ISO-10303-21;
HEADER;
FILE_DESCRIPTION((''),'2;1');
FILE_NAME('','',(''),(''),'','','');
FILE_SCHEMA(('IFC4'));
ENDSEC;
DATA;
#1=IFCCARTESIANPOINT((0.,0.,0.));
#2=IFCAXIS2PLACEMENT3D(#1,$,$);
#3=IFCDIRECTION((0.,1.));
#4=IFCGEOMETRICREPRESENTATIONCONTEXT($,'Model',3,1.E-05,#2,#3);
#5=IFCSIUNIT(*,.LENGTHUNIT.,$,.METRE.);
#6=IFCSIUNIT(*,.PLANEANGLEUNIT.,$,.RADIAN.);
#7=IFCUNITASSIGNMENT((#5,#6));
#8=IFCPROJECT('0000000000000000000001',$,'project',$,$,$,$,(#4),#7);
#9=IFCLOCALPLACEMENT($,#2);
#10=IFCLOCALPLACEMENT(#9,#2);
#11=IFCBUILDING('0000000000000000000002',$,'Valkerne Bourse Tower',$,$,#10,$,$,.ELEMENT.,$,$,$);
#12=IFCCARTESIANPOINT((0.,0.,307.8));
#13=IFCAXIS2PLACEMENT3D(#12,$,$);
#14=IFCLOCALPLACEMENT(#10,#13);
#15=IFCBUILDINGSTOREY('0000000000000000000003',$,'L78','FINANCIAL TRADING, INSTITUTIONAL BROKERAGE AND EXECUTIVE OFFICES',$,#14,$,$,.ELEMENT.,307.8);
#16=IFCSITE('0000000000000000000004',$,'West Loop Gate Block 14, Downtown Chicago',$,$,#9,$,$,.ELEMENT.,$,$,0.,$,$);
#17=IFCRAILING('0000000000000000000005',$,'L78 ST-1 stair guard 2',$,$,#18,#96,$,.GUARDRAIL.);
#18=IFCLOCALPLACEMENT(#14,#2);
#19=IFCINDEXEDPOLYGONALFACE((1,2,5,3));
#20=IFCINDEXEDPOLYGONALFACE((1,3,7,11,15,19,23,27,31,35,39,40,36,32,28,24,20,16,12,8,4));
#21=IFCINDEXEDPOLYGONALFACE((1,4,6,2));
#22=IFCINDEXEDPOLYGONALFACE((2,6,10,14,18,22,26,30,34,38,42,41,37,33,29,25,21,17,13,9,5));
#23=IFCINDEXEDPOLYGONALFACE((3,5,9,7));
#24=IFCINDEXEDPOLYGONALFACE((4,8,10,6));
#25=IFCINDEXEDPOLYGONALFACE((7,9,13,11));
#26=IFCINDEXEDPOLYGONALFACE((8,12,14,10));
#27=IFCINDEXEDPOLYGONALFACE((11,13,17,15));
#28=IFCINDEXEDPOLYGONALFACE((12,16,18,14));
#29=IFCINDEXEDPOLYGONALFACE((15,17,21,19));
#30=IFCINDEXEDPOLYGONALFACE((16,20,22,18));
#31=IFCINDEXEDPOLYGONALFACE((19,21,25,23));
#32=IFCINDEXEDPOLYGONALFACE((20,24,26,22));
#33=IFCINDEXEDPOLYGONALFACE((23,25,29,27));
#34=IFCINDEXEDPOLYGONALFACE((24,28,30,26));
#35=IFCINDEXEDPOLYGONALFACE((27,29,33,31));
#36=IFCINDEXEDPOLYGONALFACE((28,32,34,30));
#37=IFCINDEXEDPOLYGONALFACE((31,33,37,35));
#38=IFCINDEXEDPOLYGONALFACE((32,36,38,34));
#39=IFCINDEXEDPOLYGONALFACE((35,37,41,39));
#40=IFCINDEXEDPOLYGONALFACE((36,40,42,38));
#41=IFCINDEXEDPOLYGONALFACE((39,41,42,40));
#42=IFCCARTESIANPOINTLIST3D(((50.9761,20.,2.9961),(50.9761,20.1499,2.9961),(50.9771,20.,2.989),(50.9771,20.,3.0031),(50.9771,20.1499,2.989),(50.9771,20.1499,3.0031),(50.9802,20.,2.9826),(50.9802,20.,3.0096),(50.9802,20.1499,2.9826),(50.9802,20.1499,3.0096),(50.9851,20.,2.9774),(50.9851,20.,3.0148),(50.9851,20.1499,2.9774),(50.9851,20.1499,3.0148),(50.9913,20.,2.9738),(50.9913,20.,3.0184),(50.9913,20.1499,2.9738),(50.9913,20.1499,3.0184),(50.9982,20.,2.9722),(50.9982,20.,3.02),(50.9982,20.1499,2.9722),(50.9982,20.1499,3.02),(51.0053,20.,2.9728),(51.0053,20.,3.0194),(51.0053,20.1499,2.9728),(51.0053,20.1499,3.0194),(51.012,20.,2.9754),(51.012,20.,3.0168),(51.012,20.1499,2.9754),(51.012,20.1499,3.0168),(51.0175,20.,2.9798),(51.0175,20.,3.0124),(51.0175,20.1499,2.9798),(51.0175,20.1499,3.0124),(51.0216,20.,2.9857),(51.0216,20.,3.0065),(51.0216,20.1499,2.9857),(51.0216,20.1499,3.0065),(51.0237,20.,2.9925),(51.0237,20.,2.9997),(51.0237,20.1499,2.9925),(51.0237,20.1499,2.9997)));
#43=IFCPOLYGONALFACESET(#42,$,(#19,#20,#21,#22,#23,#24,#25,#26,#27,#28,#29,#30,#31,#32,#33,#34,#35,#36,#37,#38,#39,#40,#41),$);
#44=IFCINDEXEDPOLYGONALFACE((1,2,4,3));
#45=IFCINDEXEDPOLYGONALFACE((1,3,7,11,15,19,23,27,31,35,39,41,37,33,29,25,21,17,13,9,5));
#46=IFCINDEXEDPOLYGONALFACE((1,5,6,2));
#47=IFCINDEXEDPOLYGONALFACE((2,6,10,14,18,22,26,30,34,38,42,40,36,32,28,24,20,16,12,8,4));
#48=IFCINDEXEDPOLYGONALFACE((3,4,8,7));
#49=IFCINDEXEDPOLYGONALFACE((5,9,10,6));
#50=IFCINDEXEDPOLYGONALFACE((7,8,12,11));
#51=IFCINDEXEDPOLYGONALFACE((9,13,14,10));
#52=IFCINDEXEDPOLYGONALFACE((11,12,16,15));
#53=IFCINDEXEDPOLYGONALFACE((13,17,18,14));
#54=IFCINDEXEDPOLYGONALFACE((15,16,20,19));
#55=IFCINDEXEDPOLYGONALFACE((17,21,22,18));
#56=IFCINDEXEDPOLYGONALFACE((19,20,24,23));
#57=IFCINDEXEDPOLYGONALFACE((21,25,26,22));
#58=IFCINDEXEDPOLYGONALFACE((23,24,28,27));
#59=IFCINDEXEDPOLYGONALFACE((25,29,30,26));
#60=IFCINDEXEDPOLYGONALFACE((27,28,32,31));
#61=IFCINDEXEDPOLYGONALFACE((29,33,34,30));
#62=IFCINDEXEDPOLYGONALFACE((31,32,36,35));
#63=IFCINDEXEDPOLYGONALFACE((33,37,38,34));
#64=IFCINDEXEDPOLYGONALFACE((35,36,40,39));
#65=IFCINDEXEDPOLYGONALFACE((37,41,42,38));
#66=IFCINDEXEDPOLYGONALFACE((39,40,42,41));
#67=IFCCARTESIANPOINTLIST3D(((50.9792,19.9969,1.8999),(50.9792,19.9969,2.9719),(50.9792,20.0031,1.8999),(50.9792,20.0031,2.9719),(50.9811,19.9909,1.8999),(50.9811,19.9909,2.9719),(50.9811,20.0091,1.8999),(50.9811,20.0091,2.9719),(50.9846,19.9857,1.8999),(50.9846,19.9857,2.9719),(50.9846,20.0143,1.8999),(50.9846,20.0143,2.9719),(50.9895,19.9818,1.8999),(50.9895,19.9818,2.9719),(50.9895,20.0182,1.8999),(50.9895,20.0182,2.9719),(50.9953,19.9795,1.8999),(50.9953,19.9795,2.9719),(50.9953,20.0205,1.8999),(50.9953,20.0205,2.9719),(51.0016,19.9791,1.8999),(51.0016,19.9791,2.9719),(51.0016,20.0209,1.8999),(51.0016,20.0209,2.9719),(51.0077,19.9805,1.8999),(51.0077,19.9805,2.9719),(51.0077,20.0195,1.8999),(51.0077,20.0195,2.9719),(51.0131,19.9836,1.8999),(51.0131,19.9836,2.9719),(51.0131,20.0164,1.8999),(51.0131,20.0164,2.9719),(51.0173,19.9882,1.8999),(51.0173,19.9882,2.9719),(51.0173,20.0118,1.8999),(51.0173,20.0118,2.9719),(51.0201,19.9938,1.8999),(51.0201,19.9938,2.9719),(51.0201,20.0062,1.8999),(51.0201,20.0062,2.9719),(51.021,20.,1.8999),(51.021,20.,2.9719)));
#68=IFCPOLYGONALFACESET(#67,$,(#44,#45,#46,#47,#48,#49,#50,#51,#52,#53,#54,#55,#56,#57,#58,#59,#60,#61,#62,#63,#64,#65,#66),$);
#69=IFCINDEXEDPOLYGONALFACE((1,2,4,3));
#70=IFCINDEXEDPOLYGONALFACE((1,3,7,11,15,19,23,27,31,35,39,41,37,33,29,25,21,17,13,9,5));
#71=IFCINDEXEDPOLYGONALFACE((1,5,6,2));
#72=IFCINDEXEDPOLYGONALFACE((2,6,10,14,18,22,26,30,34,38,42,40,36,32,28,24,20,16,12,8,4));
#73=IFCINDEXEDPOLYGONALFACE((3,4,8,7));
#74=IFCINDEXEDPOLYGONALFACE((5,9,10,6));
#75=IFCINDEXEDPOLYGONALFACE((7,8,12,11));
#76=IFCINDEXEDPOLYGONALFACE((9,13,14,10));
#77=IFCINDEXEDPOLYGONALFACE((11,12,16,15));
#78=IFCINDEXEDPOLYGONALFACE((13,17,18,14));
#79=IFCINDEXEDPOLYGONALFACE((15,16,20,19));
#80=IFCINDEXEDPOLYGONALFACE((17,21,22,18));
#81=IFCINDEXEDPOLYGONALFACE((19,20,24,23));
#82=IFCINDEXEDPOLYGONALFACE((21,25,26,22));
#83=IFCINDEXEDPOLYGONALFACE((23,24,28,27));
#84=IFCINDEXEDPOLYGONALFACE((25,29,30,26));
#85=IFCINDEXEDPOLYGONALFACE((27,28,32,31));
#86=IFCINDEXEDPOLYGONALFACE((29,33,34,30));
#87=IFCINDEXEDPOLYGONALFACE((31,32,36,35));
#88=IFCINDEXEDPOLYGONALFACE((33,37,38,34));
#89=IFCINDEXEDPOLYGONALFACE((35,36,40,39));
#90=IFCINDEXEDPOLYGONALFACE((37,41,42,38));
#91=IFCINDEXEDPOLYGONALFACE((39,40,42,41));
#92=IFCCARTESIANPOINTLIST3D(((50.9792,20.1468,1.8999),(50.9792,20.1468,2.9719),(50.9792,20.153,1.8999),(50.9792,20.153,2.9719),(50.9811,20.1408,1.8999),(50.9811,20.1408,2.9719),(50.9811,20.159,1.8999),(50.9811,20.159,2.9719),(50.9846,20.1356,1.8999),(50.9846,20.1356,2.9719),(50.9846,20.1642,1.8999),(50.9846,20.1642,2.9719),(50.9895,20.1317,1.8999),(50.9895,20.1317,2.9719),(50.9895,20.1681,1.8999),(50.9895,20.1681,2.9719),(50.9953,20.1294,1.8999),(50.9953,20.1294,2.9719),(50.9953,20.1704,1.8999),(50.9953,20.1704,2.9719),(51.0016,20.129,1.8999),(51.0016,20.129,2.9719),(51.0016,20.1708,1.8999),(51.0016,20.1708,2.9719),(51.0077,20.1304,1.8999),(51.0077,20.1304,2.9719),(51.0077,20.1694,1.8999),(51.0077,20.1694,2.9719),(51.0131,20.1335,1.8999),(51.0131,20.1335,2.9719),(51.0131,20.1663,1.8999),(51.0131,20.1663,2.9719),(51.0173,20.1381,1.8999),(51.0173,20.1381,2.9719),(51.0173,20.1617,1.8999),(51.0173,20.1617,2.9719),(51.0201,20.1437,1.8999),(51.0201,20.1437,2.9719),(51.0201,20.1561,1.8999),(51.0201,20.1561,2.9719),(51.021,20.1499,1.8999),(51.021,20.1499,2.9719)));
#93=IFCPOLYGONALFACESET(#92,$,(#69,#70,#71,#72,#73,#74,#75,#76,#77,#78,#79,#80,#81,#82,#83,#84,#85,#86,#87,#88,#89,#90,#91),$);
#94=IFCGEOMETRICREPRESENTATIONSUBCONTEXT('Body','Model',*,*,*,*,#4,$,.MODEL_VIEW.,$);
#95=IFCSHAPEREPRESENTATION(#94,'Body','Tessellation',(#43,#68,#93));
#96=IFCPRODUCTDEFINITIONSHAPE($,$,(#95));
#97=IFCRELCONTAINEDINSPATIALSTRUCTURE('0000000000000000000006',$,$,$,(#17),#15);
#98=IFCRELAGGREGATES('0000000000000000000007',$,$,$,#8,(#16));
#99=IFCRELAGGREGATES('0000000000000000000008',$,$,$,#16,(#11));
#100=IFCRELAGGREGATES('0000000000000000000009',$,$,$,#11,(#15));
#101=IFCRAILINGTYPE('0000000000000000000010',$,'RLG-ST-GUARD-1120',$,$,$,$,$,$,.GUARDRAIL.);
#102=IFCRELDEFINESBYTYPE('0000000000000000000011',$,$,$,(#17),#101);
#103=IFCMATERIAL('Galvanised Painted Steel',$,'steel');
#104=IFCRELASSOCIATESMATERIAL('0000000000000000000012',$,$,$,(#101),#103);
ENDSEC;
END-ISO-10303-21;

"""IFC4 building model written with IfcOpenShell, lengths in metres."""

from ifc_helpers import new_model, si_unit, direction, frame, origin, origin_2d, place, context, subcontext, project, spatial, circle, extrude, material, type_object, element, save


model = new_model("IFC4")

# Units and contexts
model_context = context("Model", 3, precision=1e-05, world=origin(), true_north=direction((0.0, 1.0)))
body_context = subcontext(model_context, "Body", "Model", "MODEL_VIEW")
ifc_project = project(units=[si_unit("LENGTHUNIT", "METRE"), si_unit("PLANEANGLEUNIT", "RADIAN")], contexts=[model_context])

# Site, building, storey
site_placement = place(None, origin())
site = spatial("IfcSite", under=ifc_project, at=site_placement, Name="West Loop Gate Block 14, Downtown Chicago", CompositionType="ELEMENT", RefElevation=0.0)
building_placement = place(site_placement, origin())
building = spatial("IfcBuilding", under=site, at=building_placement, Name="Valkerne Bourse Tower", CompositionType="ELEMENT")
storey_placement = place(building_placement, frame((0.0, 0.0, 307.8)))
storey = spatial("IfcBuildingStorey", under=building, at=storey_placement, Name="L78", Description="FINANCIAL TRADING, INSTITUTIONAL BROKERAGE AND EXECUTIVE OFFICES", CompositionType="ELEMENT", Elevation=307.8)

# Railing
ifc_material_1 = material(Name="Galvanised Painted Steel", Category="steel")
railing_type_1 = type_object("IfcRailingType", Name="RLG-ST-GUARD-1120", PredefinedType="GUARDRAIL", material=ifc_material_1)
railing_1_placement = place(storey_placement, frame((51.0, 20.0, 1.8999)))
element("IfcRailing", 1, at=railing_1_placement, inside=storey, type_object=railing_type_1, Name="L78 ST-1 stair guard 2", PredefinedType="GUARDRAIL", context=body_context, shape_type="SweptSolid", body=[
    extrude(circle(Radius=0.0239, at=origin_2d()), frame((0.0, 0.0, 1.0962), z_axis=(0.0, 1.0, 0.0), x_axis=(-1.0, 0.0, 0.0)), (0.0, 0.0, 1.0), 0.1499),
    extrude(circle(Radius=0.021, at=origin_2d()), origin(), (0.0, 0.0, 1.0), 1.072),
    extrude(circle(Radius=0.021, at=origin_2d()), frame((0.0, 0.1499, 0.0)), (0.0, 0.0, 1.0), 1.072),
])

save(model, "model.ifc")
